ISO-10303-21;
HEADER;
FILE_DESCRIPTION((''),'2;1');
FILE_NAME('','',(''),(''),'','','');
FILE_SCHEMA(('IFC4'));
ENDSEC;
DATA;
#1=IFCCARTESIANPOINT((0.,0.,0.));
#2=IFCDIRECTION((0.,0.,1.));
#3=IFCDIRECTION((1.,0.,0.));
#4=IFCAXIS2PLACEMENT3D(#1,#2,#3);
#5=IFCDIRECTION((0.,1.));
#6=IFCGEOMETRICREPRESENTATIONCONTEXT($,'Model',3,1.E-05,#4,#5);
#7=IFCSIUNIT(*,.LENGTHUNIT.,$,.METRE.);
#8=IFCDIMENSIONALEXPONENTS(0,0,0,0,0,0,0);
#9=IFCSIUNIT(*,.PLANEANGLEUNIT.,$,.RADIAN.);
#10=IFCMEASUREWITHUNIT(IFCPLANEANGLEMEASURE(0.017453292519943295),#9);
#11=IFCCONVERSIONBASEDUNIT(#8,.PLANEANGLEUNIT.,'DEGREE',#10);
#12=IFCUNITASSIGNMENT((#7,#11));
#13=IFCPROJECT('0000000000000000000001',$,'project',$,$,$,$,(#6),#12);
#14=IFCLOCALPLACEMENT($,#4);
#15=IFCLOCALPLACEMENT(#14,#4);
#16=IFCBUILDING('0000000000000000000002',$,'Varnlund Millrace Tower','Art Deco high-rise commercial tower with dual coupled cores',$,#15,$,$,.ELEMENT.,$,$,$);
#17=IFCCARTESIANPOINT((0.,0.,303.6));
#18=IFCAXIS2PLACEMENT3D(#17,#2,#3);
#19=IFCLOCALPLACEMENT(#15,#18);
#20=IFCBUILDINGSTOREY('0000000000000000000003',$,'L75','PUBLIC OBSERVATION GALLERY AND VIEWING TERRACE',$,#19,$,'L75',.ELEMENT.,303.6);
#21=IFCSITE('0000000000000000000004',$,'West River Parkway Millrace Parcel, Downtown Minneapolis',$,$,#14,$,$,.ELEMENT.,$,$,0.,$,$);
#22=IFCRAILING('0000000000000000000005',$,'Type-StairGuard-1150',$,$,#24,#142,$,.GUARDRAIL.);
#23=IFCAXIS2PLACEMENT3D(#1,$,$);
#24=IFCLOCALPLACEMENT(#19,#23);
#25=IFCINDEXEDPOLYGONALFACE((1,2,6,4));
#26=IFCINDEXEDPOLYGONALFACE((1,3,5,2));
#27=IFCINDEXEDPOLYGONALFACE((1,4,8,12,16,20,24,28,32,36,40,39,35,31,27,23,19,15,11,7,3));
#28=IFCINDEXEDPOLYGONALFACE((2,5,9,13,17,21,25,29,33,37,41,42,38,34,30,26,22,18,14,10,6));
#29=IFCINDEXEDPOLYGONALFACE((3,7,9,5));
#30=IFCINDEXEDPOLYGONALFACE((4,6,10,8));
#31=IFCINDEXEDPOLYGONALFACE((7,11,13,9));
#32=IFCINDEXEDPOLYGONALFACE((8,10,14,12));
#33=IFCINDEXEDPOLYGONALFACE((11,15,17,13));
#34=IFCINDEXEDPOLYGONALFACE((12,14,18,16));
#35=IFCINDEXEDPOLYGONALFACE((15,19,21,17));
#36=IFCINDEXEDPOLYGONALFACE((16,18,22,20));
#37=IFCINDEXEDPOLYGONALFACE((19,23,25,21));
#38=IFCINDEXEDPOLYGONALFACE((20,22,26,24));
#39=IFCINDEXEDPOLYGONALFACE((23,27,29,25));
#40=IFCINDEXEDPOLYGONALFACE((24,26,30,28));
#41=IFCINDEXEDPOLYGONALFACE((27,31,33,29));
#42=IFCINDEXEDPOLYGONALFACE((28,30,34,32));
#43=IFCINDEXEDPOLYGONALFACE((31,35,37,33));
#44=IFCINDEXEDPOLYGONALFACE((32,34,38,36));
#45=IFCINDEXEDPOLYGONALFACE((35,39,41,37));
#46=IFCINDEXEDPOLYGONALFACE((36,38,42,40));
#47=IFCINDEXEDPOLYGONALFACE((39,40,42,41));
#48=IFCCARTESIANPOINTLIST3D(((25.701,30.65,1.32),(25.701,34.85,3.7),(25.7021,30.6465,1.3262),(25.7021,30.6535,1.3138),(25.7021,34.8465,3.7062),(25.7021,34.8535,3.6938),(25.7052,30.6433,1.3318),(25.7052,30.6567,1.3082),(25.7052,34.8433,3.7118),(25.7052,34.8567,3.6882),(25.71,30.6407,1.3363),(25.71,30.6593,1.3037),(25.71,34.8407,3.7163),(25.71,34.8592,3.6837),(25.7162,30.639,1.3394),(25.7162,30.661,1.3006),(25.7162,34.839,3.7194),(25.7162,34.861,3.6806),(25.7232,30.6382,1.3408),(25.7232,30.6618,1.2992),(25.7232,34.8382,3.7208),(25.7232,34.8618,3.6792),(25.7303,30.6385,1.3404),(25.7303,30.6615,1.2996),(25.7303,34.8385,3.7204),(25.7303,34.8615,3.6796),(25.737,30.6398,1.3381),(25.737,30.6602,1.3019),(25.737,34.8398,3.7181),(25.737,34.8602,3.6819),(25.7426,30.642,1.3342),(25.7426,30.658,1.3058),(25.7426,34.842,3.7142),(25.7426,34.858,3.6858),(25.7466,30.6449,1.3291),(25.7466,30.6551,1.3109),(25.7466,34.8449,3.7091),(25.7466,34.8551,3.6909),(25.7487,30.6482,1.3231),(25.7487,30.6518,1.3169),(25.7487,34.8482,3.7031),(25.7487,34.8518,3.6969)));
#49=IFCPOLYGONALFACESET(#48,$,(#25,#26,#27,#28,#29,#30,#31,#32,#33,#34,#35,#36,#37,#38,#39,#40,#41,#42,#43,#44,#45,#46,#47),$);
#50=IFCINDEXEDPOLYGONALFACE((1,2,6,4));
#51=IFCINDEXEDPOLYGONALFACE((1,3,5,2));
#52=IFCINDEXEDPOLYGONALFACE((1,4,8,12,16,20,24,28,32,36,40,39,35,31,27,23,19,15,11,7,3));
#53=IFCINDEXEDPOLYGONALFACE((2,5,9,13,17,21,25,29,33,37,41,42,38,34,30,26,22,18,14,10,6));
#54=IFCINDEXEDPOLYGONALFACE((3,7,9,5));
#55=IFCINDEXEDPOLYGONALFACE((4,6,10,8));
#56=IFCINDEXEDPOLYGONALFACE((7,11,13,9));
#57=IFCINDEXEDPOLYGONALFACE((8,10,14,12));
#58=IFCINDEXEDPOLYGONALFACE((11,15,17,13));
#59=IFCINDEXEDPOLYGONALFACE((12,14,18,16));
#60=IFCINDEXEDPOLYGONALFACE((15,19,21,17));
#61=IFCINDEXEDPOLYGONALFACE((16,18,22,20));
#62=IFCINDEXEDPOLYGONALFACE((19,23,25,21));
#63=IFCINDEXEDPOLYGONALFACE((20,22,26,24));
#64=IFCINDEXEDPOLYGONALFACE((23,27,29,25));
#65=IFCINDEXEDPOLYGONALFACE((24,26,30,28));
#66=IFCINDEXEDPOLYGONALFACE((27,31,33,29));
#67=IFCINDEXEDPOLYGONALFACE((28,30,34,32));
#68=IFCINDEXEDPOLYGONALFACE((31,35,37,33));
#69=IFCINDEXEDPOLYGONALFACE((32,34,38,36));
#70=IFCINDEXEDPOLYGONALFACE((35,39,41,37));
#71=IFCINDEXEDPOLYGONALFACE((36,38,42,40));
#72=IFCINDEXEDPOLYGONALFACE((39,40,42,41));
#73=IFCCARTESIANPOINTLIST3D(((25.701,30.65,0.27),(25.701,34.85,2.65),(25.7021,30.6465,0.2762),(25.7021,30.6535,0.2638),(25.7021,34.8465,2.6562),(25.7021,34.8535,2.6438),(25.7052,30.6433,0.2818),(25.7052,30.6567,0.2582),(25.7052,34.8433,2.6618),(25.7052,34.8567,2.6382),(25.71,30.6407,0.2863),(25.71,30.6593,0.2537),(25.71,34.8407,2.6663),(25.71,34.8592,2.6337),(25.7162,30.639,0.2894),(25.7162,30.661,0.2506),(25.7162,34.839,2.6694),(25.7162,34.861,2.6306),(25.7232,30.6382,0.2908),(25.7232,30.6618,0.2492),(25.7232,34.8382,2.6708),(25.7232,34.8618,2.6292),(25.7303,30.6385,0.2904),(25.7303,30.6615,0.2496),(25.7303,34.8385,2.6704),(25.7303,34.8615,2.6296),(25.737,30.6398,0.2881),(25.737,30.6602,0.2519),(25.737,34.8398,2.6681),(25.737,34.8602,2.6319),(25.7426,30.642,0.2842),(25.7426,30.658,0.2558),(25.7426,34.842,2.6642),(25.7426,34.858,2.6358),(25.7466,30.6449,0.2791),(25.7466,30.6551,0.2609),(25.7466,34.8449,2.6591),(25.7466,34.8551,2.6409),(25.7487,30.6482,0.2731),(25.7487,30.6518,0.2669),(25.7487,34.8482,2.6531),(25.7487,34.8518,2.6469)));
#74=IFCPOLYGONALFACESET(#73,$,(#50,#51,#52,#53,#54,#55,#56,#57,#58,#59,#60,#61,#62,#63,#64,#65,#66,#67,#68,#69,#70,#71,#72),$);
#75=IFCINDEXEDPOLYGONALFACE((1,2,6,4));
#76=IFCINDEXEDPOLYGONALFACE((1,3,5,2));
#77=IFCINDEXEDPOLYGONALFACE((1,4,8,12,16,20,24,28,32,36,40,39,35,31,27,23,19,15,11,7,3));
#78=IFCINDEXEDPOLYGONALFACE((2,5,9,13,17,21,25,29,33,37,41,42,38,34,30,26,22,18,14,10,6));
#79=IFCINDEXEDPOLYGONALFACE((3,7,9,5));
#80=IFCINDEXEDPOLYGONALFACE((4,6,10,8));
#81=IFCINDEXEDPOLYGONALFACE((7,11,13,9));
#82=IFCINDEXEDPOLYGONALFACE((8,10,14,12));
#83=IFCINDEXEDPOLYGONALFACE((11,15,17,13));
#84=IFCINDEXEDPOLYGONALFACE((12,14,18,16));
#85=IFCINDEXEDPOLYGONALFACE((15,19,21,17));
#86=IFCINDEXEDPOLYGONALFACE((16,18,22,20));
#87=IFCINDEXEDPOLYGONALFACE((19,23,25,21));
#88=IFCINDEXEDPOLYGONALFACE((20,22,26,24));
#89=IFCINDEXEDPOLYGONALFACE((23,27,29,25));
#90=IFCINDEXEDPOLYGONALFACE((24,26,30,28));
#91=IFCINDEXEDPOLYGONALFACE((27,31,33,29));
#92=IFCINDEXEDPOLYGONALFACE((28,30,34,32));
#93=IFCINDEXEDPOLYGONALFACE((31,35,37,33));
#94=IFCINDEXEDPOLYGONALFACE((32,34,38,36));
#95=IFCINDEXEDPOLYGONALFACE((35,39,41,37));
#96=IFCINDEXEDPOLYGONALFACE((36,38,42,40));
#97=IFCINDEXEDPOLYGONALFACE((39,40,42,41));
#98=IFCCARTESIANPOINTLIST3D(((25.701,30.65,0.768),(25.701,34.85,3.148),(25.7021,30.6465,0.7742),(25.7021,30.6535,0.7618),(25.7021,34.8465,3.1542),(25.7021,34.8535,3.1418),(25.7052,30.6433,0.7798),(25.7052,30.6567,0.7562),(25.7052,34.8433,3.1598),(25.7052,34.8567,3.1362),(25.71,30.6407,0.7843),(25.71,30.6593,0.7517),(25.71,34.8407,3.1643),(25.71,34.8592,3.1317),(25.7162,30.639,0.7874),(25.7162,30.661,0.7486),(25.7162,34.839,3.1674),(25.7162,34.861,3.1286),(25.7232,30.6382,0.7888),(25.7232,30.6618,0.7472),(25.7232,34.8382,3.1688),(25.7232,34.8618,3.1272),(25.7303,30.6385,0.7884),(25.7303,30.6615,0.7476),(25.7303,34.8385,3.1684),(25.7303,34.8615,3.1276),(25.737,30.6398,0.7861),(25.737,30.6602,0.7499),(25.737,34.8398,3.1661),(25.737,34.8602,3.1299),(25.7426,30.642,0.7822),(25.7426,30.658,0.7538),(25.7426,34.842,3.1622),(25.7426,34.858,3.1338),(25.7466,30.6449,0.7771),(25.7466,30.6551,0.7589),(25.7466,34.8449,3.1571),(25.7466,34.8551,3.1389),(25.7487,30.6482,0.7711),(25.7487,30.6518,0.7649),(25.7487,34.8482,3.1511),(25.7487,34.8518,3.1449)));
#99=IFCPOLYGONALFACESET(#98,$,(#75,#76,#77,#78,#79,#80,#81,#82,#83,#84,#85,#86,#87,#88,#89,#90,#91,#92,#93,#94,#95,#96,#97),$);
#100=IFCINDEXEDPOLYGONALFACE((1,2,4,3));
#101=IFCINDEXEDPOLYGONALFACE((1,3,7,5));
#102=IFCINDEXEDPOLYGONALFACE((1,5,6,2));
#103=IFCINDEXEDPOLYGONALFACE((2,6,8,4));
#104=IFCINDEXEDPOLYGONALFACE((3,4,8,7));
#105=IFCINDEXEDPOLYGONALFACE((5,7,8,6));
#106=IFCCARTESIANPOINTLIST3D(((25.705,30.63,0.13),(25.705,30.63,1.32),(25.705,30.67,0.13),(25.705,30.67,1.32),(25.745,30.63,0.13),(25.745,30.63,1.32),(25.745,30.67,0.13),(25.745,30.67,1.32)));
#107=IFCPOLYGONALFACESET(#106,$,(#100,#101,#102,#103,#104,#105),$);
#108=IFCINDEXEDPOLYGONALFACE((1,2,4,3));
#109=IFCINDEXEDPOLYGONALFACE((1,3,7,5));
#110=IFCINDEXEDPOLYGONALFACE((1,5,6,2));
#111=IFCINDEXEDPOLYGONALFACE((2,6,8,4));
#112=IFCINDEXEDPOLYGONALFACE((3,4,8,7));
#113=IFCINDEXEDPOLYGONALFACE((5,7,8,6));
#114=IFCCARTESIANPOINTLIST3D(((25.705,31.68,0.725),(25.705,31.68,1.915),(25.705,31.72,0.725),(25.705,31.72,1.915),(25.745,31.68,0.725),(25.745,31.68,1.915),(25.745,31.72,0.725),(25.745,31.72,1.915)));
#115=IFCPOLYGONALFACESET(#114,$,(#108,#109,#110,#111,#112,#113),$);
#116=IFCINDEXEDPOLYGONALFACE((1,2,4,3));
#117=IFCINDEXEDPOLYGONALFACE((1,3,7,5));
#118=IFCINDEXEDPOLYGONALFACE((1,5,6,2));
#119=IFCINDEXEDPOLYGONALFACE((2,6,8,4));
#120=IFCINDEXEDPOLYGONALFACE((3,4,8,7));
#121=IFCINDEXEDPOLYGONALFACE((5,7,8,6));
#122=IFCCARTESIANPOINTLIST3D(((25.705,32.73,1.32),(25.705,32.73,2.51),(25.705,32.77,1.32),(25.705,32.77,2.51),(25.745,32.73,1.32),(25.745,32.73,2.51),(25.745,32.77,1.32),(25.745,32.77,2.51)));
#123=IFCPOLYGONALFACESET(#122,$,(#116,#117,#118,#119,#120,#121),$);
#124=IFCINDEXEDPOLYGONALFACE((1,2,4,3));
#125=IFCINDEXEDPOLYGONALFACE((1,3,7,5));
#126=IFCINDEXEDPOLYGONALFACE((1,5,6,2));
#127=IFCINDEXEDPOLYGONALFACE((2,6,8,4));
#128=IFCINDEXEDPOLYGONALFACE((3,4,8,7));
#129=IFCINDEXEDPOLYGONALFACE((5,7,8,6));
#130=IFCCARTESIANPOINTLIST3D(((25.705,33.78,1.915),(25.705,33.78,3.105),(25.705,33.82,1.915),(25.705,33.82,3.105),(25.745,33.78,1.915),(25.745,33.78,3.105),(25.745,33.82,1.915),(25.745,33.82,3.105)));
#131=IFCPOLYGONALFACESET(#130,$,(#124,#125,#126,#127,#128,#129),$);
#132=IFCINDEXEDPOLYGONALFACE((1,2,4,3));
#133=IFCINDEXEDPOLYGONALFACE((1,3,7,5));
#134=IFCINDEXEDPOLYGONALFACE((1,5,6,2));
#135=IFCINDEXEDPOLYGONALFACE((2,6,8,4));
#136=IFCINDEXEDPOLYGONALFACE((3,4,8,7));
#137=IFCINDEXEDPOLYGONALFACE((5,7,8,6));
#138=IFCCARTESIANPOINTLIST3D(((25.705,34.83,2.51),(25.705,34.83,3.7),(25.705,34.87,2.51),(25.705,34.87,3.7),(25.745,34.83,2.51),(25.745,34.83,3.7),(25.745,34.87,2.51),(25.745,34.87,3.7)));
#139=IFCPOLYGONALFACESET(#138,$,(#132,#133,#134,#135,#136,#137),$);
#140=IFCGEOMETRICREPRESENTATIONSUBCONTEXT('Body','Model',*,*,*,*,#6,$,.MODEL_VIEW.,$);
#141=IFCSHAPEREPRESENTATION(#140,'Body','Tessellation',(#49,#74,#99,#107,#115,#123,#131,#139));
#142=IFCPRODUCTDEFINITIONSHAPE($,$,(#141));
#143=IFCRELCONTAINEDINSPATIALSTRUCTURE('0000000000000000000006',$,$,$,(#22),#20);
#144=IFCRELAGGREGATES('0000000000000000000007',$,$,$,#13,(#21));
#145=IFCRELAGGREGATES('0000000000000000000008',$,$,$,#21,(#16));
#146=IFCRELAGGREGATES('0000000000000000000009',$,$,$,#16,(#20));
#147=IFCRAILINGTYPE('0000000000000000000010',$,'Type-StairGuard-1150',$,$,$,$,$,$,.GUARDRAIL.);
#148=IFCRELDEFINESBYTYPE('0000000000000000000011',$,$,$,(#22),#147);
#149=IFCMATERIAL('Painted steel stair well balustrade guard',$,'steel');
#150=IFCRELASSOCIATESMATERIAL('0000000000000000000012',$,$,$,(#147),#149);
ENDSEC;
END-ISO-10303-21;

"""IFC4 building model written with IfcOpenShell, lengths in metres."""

from ifc_helpers import new_model, entity, si_unit, converted_unit, direction, frame, origin_with_axes, origin_2d_with_axis, place, context, subcontext, project, spatial, rectangle, circle, extrude, material, type_object, element, save


model = new_model("IFC4")

# Units and contexts
model_context = context("Model", 3, precision=1e-05, world=origin_with_axes(), true_north=direction((0.0, 1.0)))
body_context = subcontext(model_context, "Body", "Model", "MODEL_VIEW")
ifc_project = project(units=[si_unit("LENGTHUNIT", "METRE"), converted_unit("PLANEANGLEUNIT", "DEGREE", entity("IfcPlaneAngleMeasure", 0.017453292519943295), si_unit("PLANEANGLEUNIT", "RADIAN"), dimensions=[0, 0, 0, 0, 0, 0, 0])], contexts=[model_context])

# Site, building, storey
site_placement = place(None, origin_with_axes())
site = spatial("IfcSite", under=ifc_project, at=site_placement, Name="West River Parkway Millrace Parcel, Downtown Minneapolis", CompositionType="ELEMENT", RefElevation=0.0)
building_placement = place(site_placement, origin_with_axes())
building = spatial("IfcBuilding", under=site, at=building_placement, Name="Varnlund Millrace Tower", Description="Art Deco high-rise commercial tower with dual coupled cores", CompositionType="ELEMENT")
storey_placement = place(building_placement, frame((0.0, 0.0, 303.6), z_axis=(0.0, 0.0, 1.0), x_axis=(1.0, 0.0, 0.0)))
storey = spatial("IfcBuildingStorey", under=building, at=storey_placement, Name="L75", Description="PUBLIC OBSERVATION GALLERY AND VIEWING TERRACE", LongName="L75", CompositionType="ELEMENT", Elevation=303.6)

# Railing
ifc_material_1 = material(Name="Painted steel stair well balustrade guard", Category="steel")
railing_type_1 = type_object("IfcRailingType", Name="Type-StairGuard-1150", PredefinedType="GUARDRAIL", material=ifc_material_1)
railing_1_placement = place(storey_placement, frame((0.0, 0.0, -303.6), z_axis=(0.0, 0.0, 1.0), x_axis=(1.0, 0.0, 0.0)))
element("IfcRailing", 1, at=railing_1_placement, inside=storey, type_object=railing_type_1, Name="Type-StairGuard-1150", PredefinedType="GUARDRAIL", context=body_context, shape_type="SweptSolid", body=[
    extrude(circle(Radius=0.024, at=origin_2d_with_axis()), frame((25.725, 30.65, 304.92), z_axis=(0.0, 0.870022, 0.493013), x_axis=(-1.0, 0.0, 0.0)), (0.0, 0.0, 1.0), 4.8275),
    extrude(circle(Radius=0.024, at=origin_2d_with_axis()), frame((25.725, 30.65, 303.87), z_axis=(0.0, 0.870022, 0.493013), x_axis=(-1.0, 0.0, 0.0)), (0.0, 0.0, 1.0), 4.8275),
    extrude(circle(Radius=0.024, at=origin_2d_with_axis()), frame((25.725, 30.65, 304.368), z_axis=(0.0, 0.870022, 0.493013), x_axis=(-1.0, 0.0, 0.0)), (0.0, 0.0, 1.0), 4.8275),
    extrude(rectangle(XDim=0.04, YDim=0.04, at=origin_2d_with_axis()), frame((25.725, 30.65, 303.73), z_axis=(0.0, 0.0, 1.0), x_axis=(1.0, 0.0, 0.0)), (0.0, 0.0, 1.0), 1.19),
    extrude(rectangle(XDim=0.04, YDim=0.04, at=origin_2d_with_axis()), frame((25.725, 31.7, 304.325), z_axis=(0.0, 0.0, 1.0), x_axis=(1.0, 0.0, 0.0)), (0.0, 0.0, 1.0), 1.19),
    extrude(rectangle(XDim=0.04, YDim=0.04, at=origin_2d_with_axis()), frame((25.725, 32.75, 304.92), z_axis=(0.0, 0.0, 1.0), x_axis=(1.0, 0.0, 0.0)), (0.0, 0.0, 1.0), 1.19),
    extrude(rectangle(XDim=0.04, YDim=0.04, at=origin_2d_with_axis()), frame((25.725, 33.8, 305.515), z_axis=(0.0, 0.0, 1.0), x_axis=(1.0, 0.0, 0.0)), (0.0, 0.0, 1.0), 1.19),
    extrude(rectangle(XDim=0.04, YDim=0.04, at=origin_2d_with_axis()), frame((25.725, 34.85, 306.11), z_axis=(0.0, 0.0, 1.0), x_axis=(1.0, 0.0, 0.0)), (0.0, 0.0, 1.0), 1.19),
])

save(model, "model.ifc")
